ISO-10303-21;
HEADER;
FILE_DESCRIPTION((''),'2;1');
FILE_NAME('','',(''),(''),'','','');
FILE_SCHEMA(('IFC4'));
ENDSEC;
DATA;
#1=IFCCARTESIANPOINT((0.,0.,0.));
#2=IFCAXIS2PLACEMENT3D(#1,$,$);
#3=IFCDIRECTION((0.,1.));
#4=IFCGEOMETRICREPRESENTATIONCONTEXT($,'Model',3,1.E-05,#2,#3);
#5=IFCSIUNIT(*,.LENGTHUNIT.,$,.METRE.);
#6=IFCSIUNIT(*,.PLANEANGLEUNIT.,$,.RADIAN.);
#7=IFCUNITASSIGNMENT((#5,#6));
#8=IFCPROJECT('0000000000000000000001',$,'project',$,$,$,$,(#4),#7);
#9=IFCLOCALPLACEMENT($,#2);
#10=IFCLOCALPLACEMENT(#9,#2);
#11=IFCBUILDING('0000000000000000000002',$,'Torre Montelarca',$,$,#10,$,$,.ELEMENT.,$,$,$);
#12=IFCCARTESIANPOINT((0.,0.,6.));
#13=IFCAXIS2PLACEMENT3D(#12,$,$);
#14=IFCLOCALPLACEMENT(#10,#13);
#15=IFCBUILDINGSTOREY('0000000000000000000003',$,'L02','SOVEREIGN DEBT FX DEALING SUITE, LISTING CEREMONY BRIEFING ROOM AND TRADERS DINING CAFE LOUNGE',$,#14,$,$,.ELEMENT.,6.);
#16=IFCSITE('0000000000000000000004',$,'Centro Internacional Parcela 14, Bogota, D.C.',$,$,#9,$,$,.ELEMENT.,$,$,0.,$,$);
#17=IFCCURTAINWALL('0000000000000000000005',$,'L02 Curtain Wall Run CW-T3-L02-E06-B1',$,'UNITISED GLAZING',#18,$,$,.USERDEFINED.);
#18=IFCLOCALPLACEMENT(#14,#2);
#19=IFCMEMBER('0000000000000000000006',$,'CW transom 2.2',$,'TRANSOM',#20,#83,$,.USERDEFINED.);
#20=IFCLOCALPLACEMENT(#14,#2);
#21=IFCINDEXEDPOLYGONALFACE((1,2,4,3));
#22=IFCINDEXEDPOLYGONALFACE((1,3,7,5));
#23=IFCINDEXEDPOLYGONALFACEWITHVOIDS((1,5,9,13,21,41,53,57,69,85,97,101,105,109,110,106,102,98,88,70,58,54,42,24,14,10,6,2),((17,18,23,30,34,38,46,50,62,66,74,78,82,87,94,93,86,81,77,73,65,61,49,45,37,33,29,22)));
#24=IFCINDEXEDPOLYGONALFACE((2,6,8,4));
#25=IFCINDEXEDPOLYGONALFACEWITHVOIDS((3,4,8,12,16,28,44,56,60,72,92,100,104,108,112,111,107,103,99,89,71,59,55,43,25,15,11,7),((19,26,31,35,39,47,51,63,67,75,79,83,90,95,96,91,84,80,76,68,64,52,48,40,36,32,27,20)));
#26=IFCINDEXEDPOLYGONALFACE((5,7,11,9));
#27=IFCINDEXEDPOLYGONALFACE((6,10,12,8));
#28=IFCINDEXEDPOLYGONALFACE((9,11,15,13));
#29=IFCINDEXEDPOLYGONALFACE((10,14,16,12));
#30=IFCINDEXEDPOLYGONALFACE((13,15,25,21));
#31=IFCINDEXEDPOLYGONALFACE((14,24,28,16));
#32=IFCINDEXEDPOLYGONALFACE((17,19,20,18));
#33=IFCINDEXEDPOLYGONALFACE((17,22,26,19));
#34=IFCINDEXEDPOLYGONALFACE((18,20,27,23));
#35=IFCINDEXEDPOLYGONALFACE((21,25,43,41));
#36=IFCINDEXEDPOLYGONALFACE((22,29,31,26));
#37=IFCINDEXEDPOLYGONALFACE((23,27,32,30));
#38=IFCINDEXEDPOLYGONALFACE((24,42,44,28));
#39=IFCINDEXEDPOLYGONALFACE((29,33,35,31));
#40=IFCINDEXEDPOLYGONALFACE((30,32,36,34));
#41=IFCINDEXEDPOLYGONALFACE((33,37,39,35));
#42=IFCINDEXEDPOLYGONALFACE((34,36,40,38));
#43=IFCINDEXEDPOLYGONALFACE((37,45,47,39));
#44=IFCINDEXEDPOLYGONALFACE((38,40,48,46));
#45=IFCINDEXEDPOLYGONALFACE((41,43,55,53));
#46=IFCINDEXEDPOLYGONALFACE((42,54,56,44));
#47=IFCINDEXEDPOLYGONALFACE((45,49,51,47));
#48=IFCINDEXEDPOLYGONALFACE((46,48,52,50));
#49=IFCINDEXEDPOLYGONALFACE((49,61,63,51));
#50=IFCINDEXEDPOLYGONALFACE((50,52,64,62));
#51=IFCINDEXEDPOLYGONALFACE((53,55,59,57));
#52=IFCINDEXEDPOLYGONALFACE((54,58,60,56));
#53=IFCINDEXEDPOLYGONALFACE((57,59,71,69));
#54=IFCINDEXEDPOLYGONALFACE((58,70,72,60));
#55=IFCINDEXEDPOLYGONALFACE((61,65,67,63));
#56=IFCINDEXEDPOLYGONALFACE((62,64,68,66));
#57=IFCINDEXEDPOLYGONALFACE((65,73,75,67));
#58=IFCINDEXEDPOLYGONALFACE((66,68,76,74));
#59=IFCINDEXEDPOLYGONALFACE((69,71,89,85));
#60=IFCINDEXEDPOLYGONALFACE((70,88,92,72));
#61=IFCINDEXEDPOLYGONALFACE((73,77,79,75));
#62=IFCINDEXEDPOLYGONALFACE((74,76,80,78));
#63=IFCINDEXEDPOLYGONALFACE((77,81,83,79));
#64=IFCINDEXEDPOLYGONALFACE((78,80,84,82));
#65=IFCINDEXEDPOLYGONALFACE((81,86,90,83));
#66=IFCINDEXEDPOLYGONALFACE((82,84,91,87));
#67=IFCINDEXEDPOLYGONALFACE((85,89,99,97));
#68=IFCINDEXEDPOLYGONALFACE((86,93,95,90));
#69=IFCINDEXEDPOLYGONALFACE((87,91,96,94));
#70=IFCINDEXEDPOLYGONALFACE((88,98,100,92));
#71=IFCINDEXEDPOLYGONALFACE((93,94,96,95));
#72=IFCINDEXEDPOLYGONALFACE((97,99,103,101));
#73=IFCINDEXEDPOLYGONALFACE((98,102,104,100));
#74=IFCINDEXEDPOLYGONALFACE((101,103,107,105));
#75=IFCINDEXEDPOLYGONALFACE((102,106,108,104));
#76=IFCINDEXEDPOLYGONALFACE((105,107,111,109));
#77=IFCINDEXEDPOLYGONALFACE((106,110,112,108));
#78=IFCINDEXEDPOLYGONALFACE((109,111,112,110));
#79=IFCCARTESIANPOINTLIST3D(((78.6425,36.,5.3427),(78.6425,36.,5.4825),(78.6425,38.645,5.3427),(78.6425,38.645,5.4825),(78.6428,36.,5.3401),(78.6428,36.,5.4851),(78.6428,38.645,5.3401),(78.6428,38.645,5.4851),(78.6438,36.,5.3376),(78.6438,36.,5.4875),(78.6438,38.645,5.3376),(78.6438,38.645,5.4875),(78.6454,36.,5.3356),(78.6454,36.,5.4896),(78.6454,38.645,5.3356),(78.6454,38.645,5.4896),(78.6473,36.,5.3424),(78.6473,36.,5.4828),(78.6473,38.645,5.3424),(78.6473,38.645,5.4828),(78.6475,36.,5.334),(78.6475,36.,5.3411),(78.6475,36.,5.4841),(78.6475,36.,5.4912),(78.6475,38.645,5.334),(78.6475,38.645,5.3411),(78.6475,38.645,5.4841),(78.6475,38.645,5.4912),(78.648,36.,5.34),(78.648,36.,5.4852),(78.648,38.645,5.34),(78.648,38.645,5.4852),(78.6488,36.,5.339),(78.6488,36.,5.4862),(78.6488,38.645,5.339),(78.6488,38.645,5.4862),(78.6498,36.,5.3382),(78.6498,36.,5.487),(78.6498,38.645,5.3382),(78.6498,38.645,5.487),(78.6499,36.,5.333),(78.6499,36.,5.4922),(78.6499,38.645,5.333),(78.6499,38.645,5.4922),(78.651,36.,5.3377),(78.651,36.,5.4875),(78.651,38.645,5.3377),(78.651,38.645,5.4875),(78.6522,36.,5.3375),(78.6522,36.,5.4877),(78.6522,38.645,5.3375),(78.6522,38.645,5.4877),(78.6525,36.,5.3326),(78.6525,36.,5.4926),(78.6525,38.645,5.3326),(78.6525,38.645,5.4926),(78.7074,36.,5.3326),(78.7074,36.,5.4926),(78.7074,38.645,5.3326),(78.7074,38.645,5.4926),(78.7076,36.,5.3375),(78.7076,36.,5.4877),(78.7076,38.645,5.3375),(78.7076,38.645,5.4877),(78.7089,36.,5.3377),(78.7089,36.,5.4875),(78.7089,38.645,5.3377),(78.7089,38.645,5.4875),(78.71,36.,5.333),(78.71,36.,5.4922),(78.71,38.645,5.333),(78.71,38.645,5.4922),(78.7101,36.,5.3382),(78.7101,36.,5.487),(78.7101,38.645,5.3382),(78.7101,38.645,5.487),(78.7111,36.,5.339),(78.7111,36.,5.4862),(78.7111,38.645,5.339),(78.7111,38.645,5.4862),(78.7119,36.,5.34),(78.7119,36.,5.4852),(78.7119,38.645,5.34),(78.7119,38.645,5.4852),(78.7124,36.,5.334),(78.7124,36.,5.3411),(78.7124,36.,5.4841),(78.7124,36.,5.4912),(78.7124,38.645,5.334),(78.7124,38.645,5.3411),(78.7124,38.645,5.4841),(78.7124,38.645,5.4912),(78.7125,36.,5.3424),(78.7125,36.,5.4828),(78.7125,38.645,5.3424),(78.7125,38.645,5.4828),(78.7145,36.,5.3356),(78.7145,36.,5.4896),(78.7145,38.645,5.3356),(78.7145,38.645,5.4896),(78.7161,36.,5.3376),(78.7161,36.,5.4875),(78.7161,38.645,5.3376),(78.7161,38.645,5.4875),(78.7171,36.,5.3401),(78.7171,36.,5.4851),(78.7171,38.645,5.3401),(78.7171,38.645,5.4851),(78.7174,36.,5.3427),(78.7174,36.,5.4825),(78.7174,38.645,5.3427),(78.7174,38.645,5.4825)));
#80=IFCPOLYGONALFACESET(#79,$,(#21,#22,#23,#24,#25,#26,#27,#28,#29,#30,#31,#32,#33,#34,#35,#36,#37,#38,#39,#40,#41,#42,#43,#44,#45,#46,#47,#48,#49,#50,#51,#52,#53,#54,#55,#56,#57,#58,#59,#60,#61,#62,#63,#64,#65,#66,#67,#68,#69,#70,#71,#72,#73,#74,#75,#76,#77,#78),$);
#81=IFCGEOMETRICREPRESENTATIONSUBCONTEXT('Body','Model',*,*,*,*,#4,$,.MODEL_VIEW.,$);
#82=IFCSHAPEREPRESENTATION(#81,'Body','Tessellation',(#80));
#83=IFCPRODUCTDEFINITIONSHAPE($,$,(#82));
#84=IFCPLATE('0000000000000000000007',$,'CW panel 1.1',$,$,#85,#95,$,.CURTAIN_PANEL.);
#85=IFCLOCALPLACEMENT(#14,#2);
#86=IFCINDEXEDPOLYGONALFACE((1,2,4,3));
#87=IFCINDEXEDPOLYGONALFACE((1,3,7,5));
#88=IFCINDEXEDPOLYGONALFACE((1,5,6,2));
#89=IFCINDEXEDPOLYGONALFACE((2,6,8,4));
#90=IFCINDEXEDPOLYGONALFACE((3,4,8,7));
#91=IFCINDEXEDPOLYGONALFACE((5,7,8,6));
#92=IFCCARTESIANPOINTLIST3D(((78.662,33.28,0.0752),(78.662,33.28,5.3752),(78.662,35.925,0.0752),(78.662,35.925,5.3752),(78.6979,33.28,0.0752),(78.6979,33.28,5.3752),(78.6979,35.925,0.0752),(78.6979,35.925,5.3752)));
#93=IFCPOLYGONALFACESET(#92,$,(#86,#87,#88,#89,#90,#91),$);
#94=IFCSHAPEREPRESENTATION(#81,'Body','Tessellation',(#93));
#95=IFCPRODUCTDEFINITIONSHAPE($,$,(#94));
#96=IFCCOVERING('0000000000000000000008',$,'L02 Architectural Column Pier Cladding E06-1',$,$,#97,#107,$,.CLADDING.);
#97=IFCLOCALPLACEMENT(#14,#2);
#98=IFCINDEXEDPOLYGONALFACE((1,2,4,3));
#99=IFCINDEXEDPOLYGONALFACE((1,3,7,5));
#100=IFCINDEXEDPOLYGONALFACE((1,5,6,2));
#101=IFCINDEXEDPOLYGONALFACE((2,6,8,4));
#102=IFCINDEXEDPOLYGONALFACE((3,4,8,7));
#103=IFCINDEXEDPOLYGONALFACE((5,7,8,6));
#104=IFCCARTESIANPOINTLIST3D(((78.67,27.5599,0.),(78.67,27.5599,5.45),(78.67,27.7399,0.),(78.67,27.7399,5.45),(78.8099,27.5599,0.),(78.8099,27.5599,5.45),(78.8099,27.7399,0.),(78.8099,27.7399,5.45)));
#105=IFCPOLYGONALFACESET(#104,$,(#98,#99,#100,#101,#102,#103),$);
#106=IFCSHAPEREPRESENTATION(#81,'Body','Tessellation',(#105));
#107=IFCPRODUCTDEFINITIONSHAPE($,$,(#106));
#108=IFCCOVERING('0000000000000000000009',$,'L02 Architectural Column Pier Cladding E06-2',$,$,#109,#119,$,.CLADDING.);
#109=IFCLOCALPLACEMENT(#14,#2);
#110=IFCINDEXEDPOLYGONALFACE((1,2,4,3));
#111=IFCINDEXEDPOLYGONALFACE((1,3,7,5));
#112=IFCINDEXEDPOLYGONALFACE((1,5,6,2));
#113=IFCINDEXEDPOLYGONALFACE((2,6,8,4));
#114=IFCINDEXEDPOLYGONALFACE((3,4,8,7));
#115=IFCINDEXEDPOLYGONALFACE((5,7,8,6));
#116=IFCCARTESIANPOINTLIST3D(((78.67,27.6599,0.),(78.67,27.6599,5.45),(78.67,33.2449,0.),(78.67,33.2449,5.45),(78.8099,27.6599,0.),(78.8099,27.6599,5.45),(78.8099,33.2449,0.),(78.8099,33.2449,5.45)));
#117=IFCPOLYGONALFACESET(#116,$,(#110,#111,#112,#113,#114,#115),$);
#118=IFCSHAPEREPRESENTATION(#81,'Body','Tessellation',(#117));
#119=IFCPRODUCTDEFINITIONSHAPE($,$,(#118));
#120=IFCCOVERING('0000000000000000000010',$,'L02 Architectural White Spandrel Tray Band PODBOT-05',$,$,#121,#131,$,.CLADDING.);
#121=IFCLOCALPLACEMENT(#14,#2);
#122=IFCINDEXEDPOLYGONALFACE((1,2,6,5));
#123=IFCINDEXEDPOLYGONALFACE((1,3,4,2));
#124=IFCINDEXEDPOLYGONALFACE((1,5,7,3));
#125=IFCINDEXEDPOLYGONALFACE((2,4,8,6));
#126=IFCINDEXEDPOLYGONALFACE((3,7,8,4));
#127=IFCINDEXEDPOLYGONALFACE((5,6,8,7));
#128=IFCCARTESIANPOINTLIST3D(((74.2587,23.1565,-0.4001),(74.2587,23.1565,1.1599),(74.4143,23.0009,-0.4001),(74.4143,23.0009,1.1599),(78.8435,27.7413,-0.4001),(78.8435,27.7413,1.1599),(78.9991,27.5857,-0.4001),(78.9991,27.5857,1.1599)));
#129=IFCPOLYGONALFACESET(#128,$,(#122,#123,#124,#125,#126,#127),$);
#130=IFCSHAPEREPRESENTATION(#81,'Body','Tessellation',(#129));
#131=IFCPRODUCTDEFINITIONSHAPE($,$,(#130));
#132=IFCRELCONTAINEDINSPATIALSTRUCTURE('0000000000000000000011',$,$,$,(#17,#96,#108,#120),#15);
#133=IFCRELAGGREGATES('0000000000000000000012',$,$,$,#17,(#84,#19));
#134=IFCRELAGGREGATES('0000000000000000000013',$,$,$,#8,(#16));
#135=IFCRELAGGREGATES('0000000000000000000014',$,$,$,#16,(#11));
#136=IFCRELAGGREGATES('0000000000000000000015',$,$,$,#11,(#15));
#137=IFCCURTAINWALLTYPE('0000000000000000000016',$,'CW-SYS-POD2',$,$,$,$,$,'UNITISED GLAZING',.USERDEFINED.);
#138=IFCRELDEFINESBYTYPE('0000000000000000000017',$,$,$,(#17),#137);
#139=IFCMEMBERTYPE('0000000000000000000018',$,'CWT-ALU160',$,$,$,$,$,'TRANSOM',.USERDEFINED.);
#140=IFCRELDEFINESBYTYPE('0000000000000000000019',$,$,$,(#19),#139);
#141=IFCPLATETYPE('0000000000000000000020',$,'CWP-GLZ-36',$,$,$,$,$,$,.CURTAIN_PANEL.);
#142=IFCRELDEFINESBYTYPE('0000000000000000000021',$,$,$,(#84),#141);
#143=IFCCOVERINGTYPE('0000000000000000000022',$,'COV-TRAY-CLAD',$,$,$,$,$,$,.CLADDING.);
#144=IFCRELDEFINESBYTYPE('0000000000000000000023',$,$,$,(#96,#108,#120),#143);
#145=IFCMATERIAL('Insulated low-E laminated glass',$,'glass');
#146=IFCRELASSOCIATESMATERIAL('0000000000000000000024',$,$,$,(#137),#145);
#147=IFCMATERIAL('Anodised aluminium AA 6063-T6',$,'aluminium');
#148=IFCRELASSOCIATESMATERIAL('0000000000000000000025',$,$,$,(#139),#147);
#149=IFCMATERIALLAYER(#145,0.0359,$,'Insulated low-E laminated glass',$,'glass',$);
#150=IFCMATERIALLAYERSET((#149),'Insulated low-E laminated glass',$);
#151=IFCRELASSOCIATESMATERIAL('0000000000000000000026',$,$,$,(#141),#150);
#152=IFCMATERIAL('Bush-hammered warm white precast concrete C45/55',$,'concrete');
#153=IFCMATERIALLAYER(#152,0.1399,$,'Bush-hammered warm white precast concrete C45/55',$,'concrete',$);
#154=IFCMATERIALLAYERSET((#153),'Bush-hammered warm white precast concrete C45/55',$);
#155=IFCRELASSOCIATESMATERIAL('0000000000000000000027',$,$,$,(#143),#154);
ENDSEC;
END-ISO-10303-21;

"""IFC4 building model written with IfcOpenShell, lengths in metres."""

from ifc_helpers import new_model, si_unit, direction, frame, origin, origin_2d, place, context, subcontext, project, spatial, rectangle, hollow_rectangle, extrude, source, transform, mapped, material, layer, layer_set, material_profile, profile_set, type_object, element, aggregate, save


model = new_model("IFC4")

# Units and contexts
model_context = context("Model", 3, precision=1e-05, world=origin(), true_north=direction((0.0, 1.0)))
body_context = subcontext(model_context, "Body", "Model", "MODEL_VIEW")
ifc_project = project(units=[si_unit("LENGTHUNIT", "METRE"), si_unit("PLANEANGLEUNIT", "RADIAN")], contexts=[model_context])

# Site, building, storey
site_placement = place(None, origin())
site = spatial("IfcSite", under=ifc_project, at=site_placement, Name="Centro Internacional Parcela 14, Bogota, D.C.", CompositionType="ELEMENT", RefElevation=0.0)
building_placement = place(site_placement, origin())
building = spatial("IfcBuilding", under=site, at=building_placement, Name="Torre Montelarca", CompositionType="ELEMENT")
storey_placement = place(building_placement, frame((0.0, 0.0, 6.0)))
storey = spatial("IfcBuildingStorey", under=building, at=storey_placement, Name="L02", Description="SOVEREIGN DEBT FX DEALING SUITE, LISTING CEREMONY BRIEFING ROOM AND TRADERS DINING CAFE LOUNGE", CompositionType="ELEMENT", Elevation=6.0)

# Curtain wall, member, plate
ifc_material_1 = material(Name="Insulated low-E laminated glass", Category="glass")
curtain_wall_type = type_object("IfcCurtainWallType", Name="CW-SYS-POD2", ElementType="UNITISED GLAZING", PredefinedType="USERDEFINED", material=ifc_material_1)
curtain_wall_placement = place(storey_placement, origin())
curtain_wall = element("IfcCurtainWall", 1, at=curtain_wall_placement, inside=storey, type_object=curtain_wall_type, Name="L02 Curtain Wall Run CW-T3-L02-E06-B1", ObjectType="UNITISED GLAZING", PredefinedType="USERDEFINED")
ifc_material_2 = material(Name="Anodised aluminium AA 6063-T6", Category="aluminium")
ifc_material_profile_1 = material_profile(ifc_material_2, hollow_rectangle(XDim=0.075, YDim=0.1599, WallThickness=0.0049, InnerFilletRadius=0.0049, OuterFilletRadius=0.01, at=origin_2d()), Name="ALU75X160X5", Category="aluminium")
ifc_profile_set_1 = profile_set([ifc_material_profile_1], Name="Anodised aluminium AA 6063-T6")
member_type_1 = type_object("IfcMemberType", Name="CWT-ALU160", ElementType="TRANSOM", PredefinedType="USERDEFINED", material=ifc_profile_set_1)
shared_shape_1 = source(origin(), body_context, "Body", "SweptSolid", [
    extrude(hollow_rectangle(XDim=0.075, YDim=0.1599, WallThickness=0.0049, InnerFilletRadius=0.0049, OuterFilletRadius=0.01, at=origin_2d()), origin(), (0.0, 0.0, 1.0), 2.645),
])
member_1_placement = place(storey_placement, frame((78.6799, 36.0, 5.4126), z_axis=(0.0, 1.0, 0.0), x_axis=(-1.0, 0.0, 0.0)))
member_1 = element("IfcMember", 2, at=member_1_placement, type_object=member_type_1, Name="CW transom 2.2", ObjectType="TRANSOM", PredefinedType="USERDEFINED", context=body_context, shape_type="MappedRepresentation", body=[
    mapped(shared_shape_1, transform((0.0, 0.0, 0.0), scale=1.0)),
])
ifc_layer_1 = layer(ifc_material_1, 0.0359, Name="Insulated low-E laminated glass", Category="glass")
ifc_layer_set_1 = layer_set([ifc_layer_1], Name="Insulated low-E laminated glass")
plate_type = type_object("IfcPlateType", Name="CWP-GLZ-36", PredefinedType="CURTAIN_PANEL", material=ifc_layer_set_1)
shared_shape_2 = source(origin(), body_context, "Body", "SweptSolid", [
    extrude(rectangle(XDim=2.645, YDim=0.0359, at=origin_2d()), origin(), (0.0, 0.0, 1.0), 5.3),
])
plate_placement = place(storey_placement, frame((78.6799, 34.6025, 0.0752), z_axis=(0.0, 0.0, 1.0), x_axis=(0.0, 1.0, 0.0)))
plate = element("IfcPlate", 3, at=plate_placement, type_object=plate_type, Name="CW panel 1.1", PredefinedType="CURTAIN_PANEL", context=body_context, shape_type="MappedRepresentation", body=[
    mapped(shared_shape_2, transform((0.0, 0.0, 0.0), scale=1.0)),
])
aggregate(curtain_wall, [plate, member_1])

# Coverings
ifc_material_3 = material(Name="Bush-hammered warm white precast concrete C45/55", Category="concrete")
ifc_layer_2 = layer(ifc_material_3, 0.1399, Name="Bush-hammered warm white precast concrete C45/55", Category="concrete")
ifc_layer_set_2 = layer_set([ifc_layer_2], Name="Bush-hammered warm white precast concrete C45/55")
covering_type = type_object("IfcCoveringType", Name="COV-TRAY-CLAD", PredefinedType="CLADDING", material=ifc_layer_set_2)
shared_shape_3 = source(origin(), body_context, "Body", "SweptSolid", [
    extrude(rectangle(XDim=0.1799, YDim=0.1399, at=origin_2d()), origin(), (0.0, 0.0, 1.0), 5.45),
])
covering_1_placement = place(storey_placement, frame((78.74, 27.6499, 0.0), z_axis=(0.0, 0.0, 1.0), x_axis=(0.0, 1.0, 0.0)))
element("IfcCovering", 4, at=covering_1_placement, inside=storey, type_object=covering_type, Name="L02 Architectural Column Pier Cladding E06-1", PredefinedType="CLADDING", context=body_context, shape_type="MappedRepresentation", body=[
    mapped(shared_shape_3, transform((0.0, 0.0, 0.0), scale=1.0)),
])
shared_shape_4 = source(origin(), body_context, "Body", "SweptSolid", [
    extrude(rectangle(XDim=5.585, YDim=0.1399, at=origin_2d()), origin(), (0.0, 0.0, 1.0), 5.45),
])
covering_2_placement = place(storey_placement, frame((78.74, 30.4524, 0.0), z_axis=(0.0, 0.0, 1.0), x_axis=(0.0, 1.0, 0.0)))
element("IfcCovering", 5, at=covering_2_placement, inside=storey, type_object=covering_type, Name="L02 Architectural Column Pier Cladding E06-2", PredefinedType="CLADDING", context=body_context, shape_type="MappedRepresentation", body=[
    mapped(shared_shape_4, transform((0.0, 0.0, 0.0), scale=1.0)),
])
shared_shape_5 = source(origin(), body_context, "Body", "SweptSolid", [
    extrude(rectangle(XDim=6.4839, YDim=0.22, at=origin_2d()), origin(), (0.0, 0.0, 1.0), 1.5601),
])
covering_3_placement = place(storey_placement, frame((76.6289, 25.3711, -0.4001), z_axis=(0.0, 0.0, 1.0), x_axis=(0.707107, 0.707107, 0.0)))
element("IfcCovering", 6, at=covering_3_placement, inside=storey, type_object=covering_type, Name="L02 Architectural White Spandrel Tray Band PODBOT-05", PredefinedType="CLADDING", context=body_context, shape_type="MappedRepresentation", body=[
    mapped(shared_shape_5, transform((0.0, 0.0, 0.0), scale=1.0)),
])

save(model, "model.ifc")
